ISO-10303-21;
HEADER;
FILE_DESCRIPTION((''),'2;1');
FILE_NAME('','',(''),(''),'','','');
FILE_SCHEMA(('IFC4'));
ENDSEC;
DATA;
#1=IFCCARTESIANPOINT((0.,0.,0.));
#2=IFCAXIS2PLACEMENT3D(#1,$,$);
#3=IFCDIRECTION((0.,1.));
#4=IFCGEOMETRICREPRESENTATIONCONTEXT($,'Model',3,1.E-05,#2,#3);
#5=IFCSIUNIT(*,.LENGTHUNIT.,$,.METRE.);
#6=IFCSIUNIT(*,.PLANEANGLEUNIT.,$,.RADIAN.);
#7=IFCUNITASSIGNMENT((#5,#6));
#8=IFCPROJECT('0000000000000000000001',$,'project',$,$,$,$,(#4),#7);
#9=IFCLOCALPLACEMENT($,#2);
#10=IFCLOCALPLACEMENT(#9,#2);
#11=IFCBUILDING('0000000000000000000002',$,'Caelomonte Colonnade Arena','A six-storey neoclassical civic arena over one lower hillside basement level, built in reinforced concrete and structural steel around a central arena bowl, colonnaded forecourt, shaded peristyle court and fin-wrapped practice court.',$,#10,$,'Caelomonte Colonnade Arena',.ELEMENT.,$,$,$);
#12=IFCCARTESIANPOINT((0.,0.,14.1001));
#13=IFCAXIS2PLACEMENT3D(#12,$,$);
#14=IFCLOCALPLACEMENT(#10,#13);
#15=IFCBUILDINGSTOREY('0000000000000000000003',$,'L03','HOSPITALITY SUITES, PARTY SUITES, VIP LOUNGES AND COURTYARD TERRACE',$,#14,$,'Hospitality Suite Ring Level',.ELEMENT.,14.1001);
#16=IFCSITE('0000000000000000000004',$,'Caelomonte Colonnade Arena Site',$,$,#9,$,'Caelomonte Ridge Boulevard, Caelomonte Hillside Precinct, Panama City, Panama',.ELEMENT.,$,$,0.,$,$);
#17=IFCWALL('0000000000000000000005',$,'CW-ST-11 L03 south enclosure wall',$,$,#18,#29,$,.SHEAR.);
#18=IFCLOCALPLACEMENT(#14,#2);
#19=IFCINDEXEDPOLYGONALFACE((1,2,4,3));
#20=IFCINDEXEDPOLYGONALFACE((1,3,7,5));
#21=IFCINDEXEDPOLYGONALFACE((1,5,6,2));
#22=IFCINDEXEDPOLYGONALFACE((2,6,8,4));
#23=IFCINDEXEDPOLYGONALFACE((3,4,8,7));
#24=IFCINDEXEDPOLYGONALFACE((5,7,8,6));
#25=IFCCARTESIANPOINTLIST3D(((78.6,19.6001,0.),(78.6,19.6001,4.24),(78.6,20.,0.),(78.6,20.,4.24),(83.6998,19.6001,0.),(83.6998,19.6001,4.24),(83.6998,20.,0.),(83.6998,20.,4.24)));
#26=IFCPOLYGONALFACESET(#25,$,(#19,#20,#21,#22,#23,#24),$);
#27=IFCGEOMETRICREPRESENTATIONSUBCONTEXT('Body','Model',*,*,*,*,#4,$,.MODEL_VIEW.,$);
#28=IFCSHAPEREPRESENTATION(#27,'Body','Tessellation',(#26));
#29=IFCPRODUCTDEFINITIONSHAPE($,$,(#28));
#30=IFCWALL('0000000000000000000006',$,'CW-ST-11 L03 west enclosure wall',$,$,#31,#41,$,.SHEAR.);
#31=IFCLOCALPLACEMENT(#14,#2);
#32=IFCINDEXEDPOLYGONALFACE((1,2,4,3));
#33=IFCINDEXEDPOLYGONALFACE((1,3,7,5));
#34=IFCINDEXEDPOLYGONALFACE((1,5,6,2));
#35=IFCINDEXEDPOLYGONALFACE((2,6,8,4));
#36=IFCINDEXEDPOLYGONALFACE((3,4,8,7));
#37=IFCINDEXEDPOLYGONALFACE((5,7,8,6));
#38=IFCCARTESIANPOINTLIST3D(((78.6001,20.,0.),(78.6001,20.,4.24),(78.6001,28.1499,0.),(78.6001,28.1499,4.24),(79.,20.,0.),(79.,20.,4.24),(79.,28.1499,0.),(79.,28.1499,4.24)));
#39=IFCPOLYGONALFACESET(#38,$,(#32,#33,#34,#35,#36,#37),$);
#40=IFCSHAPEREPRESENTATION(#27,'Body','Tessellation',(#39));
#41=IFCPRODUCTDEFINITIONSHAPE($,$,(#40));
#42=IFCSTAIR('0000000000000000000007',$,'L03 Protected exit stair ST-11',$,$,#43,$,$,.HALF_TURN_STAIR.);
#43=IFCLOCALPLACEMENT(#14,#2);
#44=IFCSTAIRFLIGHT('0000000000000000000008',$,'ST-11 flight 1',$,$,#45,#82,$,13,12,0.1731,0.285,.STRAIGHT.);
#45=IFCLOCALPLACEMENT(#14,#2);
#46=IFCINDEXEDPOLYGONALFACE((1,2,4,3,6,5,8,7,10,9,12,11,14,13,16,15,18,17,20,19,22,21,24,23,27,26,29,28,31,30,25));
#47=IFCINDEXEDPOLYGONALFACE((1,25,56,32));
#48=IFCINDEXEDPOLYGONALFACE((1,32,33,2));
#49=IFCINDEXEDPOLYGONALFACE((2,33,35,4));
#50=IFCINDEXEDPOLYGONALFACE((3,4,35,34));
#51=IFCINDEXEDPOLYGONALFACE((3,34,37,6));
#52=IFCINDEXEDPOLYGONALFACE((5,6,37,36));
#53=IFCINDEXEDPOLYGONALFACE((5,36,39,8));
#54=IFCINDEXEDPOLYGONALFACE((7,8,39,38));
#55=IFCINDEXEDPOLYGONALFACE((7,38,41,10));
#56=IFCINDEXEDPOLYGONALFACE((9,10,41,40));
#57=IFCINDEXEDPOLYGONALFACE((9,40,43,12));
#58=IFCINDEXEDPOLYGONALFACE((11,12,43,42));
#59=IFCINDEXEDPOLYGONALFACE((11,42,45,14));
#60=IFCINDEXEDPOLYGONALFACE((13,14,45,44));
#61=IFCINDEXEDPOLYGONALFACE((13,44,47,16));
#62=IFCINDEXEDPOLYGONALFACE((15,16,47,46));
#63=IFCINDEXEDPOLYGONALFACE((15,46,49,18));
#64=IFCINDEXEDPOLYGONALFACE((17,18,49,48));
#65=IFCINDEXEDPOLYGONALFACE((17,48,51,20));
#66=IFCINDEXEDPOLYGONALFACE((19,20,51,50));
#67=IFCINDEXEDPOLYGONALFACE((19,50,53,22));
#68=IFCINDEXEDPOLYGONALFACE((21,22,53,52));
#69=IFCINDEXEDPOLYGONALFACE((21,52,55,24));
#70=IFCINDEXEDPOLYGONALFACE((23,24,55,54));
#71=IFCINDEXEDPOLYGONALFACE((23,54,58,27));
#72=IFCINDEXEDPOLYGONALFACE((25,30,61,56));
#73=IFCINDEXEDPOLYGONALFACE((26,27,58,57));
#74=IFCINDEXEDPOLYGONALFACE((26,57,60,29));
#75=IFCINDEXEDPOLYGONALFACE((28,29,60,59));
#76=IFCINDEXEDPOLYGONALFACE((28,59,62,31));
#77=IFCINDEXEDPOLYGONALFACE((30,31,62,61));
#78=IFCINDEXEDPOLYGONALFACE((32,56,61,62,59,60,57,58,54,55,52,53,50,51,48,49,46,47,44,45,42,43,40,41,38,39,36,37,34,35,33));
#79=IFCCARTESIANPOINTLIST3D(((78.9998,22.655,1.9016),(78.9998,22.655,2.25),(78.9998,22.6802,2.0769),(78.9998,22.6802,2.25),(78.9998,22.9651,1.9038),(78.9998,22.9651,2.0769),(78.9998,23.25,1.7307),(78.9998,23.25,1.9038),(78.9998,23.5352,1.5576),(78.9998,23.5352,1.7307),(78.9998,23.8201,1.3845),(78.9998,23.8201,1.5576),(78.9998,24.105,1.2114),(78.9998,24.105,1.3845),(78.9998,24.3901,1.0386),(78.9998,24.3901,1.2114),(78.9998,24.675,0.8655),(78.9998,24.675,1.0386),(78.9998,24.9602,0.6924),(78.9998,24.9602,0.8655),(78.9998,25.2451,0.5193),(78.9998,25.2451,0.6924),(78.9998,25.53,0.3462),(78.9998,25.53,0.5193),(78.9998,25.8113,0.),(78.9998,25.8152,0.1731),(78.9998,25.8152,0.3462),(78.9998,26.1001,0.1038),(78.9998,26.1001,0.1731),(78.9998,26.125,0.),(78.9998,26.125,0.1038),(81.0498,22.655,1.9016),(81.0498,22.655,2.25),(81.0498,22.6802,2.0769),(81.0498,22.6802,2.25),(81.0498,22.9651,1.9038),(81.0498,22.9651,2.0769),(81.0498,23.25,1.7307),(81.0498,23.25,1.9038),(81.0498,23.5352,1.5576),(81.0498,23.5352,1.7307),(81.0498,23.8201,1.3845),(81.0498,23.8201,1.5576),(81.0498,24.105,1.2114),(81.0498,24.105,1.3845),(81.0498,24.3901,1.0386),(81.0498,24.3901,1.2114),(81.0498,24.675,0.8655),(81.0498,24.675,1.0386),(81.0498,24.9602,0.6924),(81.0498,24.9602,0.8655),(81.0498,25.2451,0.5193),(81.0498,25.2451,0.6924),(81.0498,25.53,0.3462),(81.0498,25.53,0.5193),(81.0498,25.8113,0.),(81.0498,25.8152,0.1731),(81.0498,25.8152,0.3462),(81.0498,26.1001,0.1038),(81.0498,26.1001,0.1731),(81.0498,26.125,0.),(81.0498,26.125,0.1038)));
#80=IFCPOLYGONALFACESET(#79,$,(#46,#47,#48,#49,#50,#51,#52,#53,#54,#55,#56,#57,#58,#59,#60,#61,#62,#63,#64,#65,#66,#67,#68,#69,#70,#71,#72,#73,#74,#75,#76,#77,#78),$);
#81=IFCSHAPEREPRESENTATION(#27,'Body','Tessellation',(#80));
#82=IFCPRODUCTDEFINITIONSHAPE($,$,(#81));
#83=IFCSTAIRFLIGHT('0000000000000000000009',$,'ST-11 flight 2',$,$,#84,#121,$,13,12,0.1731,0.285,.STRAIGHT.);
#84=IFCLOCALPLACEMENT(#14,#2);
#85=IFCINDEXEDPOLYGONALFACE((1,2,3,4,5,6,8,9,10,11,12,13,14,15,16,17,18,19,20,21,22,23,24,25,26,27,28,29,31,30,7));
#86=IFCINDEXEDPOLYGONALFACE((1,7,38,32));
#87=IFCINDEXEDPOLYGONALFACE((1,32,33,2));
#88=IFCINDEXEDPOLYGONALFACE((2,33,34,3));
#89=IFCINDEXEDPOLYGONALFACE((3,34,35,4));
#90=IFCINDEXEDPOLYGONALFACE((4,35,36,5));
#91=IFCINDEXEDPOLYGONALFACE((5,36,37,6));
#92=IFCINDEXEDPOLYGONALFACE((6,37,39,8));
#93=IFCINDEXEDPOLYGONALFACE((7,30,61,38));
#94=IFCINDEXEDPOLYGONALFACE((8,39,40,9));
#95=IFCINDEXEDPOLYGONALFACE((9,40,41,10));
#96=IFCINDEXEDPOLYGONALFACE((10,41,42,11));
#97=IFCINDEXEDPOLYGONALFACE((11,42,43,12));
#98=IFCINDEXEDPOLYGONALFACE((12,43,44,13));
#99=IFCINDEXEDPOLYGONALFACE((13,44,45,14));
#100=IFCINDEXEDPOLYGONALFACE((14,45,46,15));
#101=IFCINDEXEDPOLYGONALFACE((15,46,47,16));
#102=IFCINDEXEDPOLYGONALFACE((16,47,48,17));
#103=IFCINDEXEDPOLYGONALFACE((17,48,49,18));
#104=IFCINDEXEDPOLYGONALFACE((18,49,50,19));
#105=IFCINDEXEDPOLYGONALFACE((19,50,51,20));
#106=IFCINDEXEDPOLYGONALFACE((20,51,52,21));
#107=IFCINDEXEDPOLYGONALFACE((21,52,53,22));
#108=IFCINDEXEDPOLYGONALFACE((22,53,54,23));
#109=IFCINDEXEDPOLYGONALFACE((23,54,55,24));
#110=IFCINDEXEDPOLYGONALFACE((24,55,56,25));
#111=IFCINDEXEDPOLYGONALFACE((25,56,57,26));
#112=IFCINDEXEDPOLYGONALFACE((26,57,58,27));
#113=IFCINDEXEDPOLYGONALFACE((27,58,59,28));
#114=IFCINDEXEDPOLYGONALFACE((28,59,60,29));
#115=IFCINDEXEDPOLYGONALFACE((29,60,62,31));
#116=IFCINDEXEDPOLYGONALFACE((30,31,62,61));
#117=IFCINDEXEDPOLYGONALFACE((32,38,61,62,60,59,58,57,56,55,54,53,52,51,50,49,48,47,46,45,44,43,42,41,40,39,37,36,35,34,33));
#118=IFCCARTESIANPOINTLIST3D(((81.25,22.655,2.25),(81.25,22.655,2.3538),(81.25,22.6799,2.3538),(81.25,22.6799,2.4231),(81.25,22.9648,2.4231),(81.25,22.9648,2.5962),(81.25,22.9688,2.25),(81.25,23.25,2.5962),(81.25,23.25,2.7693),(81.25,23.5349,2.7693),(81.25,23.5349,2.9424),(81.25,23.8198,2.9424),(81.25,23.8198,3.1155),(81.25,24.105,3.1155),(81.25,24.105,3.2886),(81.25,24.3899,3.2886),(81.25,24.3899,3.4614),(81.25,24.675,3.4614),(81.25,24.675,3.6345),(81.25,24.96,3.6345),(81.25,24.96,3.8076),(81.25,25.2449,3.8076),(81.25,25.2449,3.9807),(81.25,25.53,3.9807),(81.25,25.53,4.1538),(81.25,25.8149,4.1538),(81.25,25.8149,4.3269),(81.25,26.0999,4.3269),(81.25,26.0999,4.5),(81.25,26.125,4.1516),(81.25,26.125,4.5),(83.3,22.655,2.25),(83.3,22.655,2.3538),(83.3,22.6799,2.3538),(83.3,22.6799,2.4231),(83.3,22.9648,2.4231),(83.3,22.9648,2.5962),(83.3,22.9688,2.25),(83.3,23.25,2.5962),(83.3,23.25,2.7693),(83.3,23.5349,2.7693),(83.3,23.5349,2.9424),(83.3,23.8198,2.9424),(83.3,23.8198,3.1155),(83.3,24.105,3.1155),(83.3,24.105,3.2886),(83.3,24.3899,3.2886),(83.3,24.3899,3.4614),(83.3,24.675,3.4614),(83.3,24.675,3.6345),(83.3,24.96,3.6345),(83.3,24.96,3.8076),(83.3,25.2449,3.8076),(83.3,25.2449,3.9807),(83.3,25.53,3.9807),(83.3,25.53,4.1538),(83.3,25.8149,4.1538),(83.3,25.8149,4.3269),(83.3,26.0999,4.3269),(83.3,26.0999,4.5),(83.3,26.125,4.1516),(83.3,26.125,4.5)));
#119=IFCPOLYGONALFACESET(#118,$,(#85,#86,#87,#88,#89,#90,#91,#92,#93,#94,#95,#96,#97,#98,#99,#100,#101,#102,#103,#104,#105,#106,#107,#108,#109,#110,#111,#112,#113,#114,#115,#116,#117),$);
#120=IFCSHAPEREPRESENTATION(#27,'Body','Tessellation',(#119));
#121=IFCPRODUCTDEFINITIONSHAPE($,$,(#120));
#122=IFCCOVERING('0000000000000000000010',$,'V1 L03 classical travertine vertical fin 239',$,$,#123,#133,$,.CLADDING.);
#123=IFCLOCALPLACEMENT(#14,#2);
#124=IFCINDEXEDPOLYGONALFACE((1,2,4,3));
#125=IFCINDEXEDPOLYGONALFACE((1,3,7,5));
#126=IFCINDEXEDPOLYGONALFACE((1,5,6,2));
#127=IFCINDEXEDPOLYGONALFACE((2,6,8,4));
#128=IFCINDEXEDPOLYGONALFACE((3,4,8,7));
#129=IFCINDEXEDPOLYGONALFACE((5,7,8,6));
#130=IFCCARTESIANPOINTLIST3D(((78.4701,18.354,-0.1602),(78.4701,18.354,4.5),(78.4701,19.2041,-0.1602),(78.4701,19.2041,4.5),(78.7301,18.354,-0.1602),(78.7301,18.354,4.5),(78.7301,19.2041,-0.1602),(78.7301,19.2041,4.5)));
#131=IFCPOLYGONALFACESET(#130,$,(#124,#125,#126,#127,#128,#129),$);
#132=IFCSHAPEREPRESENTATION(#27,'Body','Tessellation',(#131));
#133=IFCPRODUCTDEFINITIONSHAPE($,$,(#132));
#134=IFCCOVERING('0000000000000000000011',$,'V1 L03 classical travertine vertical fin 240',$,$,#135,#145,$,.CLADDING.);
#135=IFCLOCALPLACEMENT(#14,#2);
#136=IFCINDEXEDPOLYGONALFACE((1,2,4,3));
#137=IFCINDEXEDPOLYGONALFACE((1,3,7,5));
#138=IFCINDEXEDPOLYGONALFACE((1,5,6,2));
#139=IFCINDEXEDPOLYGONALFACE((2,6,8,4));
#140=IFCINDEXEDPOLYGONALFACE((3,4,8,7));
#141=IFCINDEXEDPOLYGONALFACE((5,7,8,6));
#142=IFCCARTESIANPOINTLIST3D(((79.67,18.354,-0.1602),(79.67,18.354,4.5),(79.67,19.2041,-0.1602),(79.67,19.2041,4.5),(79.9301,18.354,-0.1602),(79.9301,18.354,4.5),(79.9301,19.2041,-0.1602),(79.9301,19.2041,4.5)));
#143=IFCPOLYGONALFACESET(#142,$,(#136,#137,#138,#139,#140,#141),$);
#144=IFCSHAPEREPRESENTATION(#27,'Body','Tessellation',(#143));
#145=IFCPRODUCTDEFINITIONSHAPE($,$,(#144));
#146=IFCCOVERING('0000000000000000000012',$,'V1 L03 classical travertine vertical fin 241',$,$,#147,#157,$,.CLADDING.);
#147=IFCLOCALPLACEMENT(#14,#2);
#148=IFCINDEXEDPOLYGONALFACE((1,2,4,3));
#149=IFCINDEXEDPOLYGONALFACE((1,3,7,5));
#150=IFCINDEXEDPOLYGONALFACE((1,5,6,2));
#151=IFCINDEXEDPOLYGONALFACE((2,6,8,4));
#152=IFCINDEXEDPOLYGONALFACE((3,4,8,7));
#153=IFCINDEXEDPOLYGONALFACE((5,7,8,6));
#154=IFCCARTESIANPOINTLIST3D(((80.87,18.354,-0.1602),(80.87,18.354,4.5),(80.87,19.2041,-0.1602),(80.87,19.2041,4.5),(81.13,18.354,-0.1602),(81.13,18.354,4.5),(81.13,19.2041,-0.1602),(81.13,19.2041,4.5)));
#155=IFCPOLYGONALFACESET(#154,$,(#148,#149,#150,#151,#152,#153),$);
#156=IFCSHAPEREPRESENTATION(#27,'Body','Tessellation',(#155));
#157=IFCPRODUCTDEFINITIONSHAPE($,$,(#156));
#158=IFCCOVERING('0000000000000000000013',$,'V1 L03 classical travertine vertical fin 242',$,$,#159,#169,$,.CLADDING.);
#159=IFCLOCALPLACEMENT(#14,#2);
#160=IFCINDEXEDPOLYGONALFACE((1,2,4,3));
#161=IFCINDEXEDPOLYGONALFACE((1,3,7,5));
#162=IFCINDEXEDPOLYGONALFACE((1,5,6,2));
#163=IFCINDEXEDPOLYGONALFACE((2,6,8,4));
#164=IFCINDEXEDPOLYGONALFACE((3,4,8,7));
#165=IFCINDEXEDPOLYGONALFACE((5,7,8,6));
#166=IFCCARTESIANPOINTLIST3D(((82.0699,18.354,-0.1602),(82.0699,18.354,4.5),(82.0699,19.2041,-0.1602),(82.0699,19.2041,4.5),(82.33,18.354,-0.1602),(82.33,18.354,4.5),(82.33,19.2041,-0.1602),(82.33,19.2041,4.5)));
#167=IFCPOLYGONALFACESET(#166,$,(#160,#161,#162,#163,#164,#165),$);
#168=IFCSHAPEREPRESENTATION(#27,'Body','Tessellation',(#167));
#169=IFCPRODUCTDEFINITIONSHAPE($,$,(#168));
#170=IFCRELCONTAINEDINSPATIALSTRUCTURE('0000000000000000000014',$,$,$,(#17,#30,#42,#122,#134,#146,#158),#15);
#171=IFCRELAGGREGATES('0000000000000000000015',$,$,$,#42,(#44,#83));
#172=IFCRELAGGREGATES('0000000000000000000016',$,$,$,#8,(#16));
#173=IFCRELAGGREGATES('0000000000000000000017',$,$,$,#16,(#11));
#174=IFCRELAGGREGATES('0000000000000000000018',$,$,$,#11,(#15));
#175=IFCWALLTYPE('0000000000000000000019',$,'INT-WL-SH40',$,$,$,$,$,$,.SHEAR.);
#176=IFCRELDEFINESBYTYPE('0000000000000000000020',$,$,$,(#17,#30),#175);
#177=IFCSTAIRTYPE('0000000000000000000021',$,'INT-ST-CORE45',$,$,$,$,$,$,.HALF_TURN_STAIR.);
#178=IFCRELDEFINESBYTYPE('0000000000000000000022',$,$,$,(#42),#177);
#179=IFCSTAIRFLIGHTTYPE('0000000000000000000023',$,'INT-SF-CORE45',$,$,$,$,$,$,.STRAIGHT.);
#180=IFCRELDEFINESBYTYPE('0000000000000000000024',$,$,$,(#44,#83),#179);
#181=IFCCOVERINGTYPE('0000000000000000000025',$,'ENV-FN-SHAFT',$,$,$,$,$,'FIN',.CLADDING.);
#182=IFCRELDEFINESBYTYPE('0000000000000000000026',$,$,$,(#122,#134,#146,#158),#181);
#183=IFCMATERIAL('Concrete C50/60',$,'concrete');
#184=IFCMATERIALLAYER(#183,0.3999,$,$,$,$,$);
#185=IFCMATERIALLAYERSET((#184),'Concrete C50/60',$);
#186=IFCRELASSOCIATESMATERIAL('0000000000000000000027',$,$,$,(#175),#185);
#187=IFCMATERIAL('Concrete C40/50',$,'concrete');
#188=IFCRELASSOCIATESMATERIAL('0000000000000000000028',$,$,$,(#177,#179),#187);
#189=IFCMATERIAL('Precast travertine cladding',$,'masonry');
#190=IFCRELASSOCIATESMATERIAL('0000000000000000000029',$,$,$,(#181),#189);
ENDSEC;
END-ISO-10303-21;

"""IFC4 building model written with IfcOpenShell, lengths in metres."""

from ifc_helpers import new_model, si_unit, direction, frame, frame_2d, origin, origin_2d, place, context, subcontext, project, spatial, polyline, rectangle, outline, extrude, material, layer, layer_set, material_profile, profile_set, type_object, element, aggregate, save


model = new_model("IFC4")

# Units and contexts
model_context = context("Model", 3, precision=1e-05, world=origin(), true_north=direction((0.0, 1.0)))
body_context = subcontext(model_context, "Body", "Model", "MODEL_VIEW")
ifc_project = project(units=[si_unit("LENGTHUNIT", "METRE"), si_unit("PLANEANGLEUNIT", "RADIAN")], contexts=[model_context])

# Site, building, storey
site_placement = place(None, origin())
site = spatial("IfcSite", under=ifc_project, at=site_placement, Name="Caelomonte Colonnade Arena Site", LongName="Caelomonte Ridge Boulevard, Caelomonte Hillside Precinct, Panama City, Panama", CompositionType="ELEMENT", RefElevation=0.0)
building_placement = place(site_placement, origin())
building = spatial("IfcBuilding", under=site, at=building_placement, Name="Caelomonte Colonnade Arena", Description="A six-storey neoclassical civic arena over one lower hillside basement level, built in reinforced concrete and structural steel around a central arena bowl, colonnaded forecourt, shaded peristyle court and fin-wrapped practice court.", LongName="Caelomonte Colonnade Arena", CompositionType="ELEMENT")
storey_placement = place(building_placement, frame((0.0, 0.0, 14.1001)))
storey = spatial("IfcBuildingStorey", under=building, at=storey_placement, Name="L03", Description="HOSPITALITY SUITES, PARTY SUITES, VIP LOUNGES AND COURTYARD TERRACE", LongName="Hospitality Suite Ring Level", CompositionType="ELEMENT", Elevation=14.1001)

# Shared definitions
ifc_material_1 = material(Name="Concrete C40/50", Category="concrete")

# Walls
ifc_material_2 = material(Name="Concrete C50/60", Category="concrete")
ifc_layer_1 = layer(ifc_material_2, 0.3999)
ifc_layer_set_1 = layer_set([ifc_layer_1], Name="Concrete C50/60")
wall_type_1 = type_object("IfcWallType", Name="INT-WL-SH40", PredefinedType="SHEAR", material=ifc_layer_set_1)
wall_1_placement = place(storey_placement, frame((78.6001, 19.8, 0.0), z_axis=(0.0, 0.0, 1.0), x_axis=(1.0, 0.0, 0.0)))
element("IfcWall", 1, at=wall_1_placement, inside=storey, type_object=wall_type_1, Name="CW-ST-11 L03 south enclosure wall", PredefinedType="SHEAR", context=body_context, shape_type="SweptSolid", body=[
    extrude(rectangle(XDim=5.0999, YDim=0.3999, at=frame_2d((2.5498, 0.0))), origin(), (0.0, 0.0, 1.0), 4.24),
])
wall_2_placement = place(storey_placement, frame((78.8, 28.1499, 0.0), z_axis=(0.0, 0.0, 1.0), x_axis=(0.0, -1.0, 0.0)))
element("IfcWall", 2, at=wall_2_placement, inside=storey, type_object=wall_type_1, Name="CW-ST-11 L03 west enclosure wall", PredefinedType="SHEAR", context=body_context, shape_type="SweptSolid", body=[
    extrude(rectangle(XDim=8.1499, YDim=0.3999, at=frame_2d((4.075, 0.0))), origin(), (0.0, 0.0, 1.0), 4.24),
])

# Stair, stair flights
stair_type = type_object("IfcStairType", Name="INT-ST-CORE45", PredefinedType="HALF_TURN_STAIR", material=ifc_material_1)
stair_placement = place(storey_placement, origin())
stair = element("IfcStair", 3, at=stair_placement, inside=storey, type_object=stair_type, Name="L03 Protected exit stair ST-11", PredefinedType="HALF_TURN_STAIR")
stair_flight_type = type_object("IfcStairFlightType", Name="INT-SF-CORE45", PredefinedType="STRAIGHT", material=ifc_material_1)
stair_flight_1_placement = place(storey_placement, frame((80.0249, 26.1001, 0.0), z_axis=(0.0, 0.0, 1.0), x_axis=(0.0, -1.0, 0.0)))
stair_flight_1 = element("IfcStairFlight", 4, at=stair_flight_1_placement, type_object=stair_flight_type, Name="ST-11 flight 1", NumberOfRisers=13, NumberOfTreads=12, PredefinedType="STRAIGHT", RiserHeight=0.1731, TreadLength=0.285, context=body_context, shape_type="SweptSolid", body=[
    extrude(outline(polyline([(-0.0249, 0.0), (-0.0249, 0.1038), (0.0, 0.1038), (0.0, 0.1731), (0.2849, 0.1731), (0.2849, 0.3462), (0.5701, 0.3462), (0.5701, 0.5193), (0.855, 0.5193), (0.855, 0.6924), (1.1399, 0.6924), (1.1399, 0.8655), (1.425, 0.8655), (1.425, 1.0386), (1.71, 1.0386), (1.71, 1.2114), (1.9951, 1.2114), (1.9951, 1.3845), (2.28, 1.3845), (2.28, 1.5576), (2.5649, 1.5576), (2.5649, 1.7307), (2.8501, 1.7307), (2.8501, 1.9038), (3.135, 1.9038), (3.135, 2.0769), (3.4199, 2.0769), (3.4199, 2.25), (3.4451, 2.25), (3.4451, 1.9016), (0.2888, 0.0), (-0.0249, 0.0)])), frame((0.0, 1.0249, 0.0), z_axis=(0.0, -1.0, 0.0), x_axis=(1.0, 0.0, 0.0)), (0.0, 0.0, 1.0), 2.05),
])
stair_flight_2_placement = place(storey_placement, frame((82.2749, 22.6799, 2.25), z_axis=(0.0, 0.0, 1.0), x_axis=(0.0, 1.0, 0.0)))
stair_flight_2 = element("IfcStairFlight", 5, at=stair_flight_2_placement, type_object=stair_flight_type, Name="ST-11 flight 2", NumberOfRisers=13, NumberOfTreads=12, PredefinedType="STRAIGHT", RiserHeight=0.1731, TreadLength=0.285, context=body_context, shape_type="SweptSolid", body=[
    extrude(outline(polyline([(-0.0249, 0.0), (-0.0249, 0.1038), (0.0, 0.1038), (0.0, 0.1731), (0.2849, 0.1731), (0.2849, 0.3462), (0.5701, 0.3462), (0.5701, 0.5193), (0.855, 0.5193), (0.855, 0.6924), (1.1399, 0.6924), (1.1399, 0.8655), (1.425, 0.8655), (1.425, 1.0386), (1.71, 1.0386), (1.71, 1.2114), (1.9951, 1.2114), (1.9951, 1.3845), (2.28, 1.3845), (2.28, 1.5576), (2.5649, 1.5576), (2.5649, 1.7307), (2.8501, 1.7307), (2.8501, 1.9038), (3.135, 1.9038), (3.135, 2.0769), (3.4199, 2.0769), (3.4199, 2.25), (3.4451, 2.25), (3.4451, 1.9016), (0.2888, 0.0), (-0.0249, 0.0)])), frame((0.0, 1.0249, 0.0), z_axis=(0.0, -1.0, 0.0), x_axis=(1.0, 0.0, 0.0)), (0.0, 0.0, 1.0), 2.05),
])
aggregate(stair, [stair_flight_1, stair_flight_2])

# Coverings
ifc_material_3 = material(Name="Precast travertine cladding", Category="masonry")
ifc_material_profile_1 = material_profile(ifc_material_3, rectangle(XDim=0.26, YDim=0.8501, at=origin_2d()), Name="FIN260X850")
ifc_profile_set_1 = profile_set([ifc_material_profile_1], Name="Precast travertine cladding")
covering_type = type_object("IfcCoveringType", Name="ENV-FN-SHAFT", ElementType="FIN", PredefinedType="CLADDING", material=ifc_profile_set_1)
for number, where, z_axis, x_axis, name in (
    (6, (78.6001, 18.7791, -0.1602), (0.0, 0.0, 1.0), (-1.0, 0.0, 0.0), "V1 L03 classical travertine vertical fin 239"),
    (7, (79.8, 18.7791, -0.1602), (0.0, 0.0, 1.0), (-1.0, 0.0, 0.0), "V1 L03 classical travertine vertical fin 240"),
    (8, (81.0, 18.7791, -0.1602), (0.0, 0.0, 1.0), (-1.0, 0.0, 0.0), "V1 L03 classical travertine vertical fin 241"),
    (9, (82.2, 18.7791, -0.1602), (0.0, 0.0, 1.0), (-1.0, 0.0, 0.0), "V1 L03 classical travertine vertical fin 242"),
):
    element("IfcCovering", number, at=place(storey_placement, frame(where, z_axis=z_axis, x_axis=x_axis)), inside=storey, type_object=covering_type, Name=name, PredefinedType="CLADDING", context=body_context, shape_type="SweptSolid", body=[
        extrude(rectangle(XDim=0.26, YDim=0.8501, at=origin_2d()), origin(), (0.0, 0.0, 1.0), 4.6602),
    ])

save(model, "model.ifc")
